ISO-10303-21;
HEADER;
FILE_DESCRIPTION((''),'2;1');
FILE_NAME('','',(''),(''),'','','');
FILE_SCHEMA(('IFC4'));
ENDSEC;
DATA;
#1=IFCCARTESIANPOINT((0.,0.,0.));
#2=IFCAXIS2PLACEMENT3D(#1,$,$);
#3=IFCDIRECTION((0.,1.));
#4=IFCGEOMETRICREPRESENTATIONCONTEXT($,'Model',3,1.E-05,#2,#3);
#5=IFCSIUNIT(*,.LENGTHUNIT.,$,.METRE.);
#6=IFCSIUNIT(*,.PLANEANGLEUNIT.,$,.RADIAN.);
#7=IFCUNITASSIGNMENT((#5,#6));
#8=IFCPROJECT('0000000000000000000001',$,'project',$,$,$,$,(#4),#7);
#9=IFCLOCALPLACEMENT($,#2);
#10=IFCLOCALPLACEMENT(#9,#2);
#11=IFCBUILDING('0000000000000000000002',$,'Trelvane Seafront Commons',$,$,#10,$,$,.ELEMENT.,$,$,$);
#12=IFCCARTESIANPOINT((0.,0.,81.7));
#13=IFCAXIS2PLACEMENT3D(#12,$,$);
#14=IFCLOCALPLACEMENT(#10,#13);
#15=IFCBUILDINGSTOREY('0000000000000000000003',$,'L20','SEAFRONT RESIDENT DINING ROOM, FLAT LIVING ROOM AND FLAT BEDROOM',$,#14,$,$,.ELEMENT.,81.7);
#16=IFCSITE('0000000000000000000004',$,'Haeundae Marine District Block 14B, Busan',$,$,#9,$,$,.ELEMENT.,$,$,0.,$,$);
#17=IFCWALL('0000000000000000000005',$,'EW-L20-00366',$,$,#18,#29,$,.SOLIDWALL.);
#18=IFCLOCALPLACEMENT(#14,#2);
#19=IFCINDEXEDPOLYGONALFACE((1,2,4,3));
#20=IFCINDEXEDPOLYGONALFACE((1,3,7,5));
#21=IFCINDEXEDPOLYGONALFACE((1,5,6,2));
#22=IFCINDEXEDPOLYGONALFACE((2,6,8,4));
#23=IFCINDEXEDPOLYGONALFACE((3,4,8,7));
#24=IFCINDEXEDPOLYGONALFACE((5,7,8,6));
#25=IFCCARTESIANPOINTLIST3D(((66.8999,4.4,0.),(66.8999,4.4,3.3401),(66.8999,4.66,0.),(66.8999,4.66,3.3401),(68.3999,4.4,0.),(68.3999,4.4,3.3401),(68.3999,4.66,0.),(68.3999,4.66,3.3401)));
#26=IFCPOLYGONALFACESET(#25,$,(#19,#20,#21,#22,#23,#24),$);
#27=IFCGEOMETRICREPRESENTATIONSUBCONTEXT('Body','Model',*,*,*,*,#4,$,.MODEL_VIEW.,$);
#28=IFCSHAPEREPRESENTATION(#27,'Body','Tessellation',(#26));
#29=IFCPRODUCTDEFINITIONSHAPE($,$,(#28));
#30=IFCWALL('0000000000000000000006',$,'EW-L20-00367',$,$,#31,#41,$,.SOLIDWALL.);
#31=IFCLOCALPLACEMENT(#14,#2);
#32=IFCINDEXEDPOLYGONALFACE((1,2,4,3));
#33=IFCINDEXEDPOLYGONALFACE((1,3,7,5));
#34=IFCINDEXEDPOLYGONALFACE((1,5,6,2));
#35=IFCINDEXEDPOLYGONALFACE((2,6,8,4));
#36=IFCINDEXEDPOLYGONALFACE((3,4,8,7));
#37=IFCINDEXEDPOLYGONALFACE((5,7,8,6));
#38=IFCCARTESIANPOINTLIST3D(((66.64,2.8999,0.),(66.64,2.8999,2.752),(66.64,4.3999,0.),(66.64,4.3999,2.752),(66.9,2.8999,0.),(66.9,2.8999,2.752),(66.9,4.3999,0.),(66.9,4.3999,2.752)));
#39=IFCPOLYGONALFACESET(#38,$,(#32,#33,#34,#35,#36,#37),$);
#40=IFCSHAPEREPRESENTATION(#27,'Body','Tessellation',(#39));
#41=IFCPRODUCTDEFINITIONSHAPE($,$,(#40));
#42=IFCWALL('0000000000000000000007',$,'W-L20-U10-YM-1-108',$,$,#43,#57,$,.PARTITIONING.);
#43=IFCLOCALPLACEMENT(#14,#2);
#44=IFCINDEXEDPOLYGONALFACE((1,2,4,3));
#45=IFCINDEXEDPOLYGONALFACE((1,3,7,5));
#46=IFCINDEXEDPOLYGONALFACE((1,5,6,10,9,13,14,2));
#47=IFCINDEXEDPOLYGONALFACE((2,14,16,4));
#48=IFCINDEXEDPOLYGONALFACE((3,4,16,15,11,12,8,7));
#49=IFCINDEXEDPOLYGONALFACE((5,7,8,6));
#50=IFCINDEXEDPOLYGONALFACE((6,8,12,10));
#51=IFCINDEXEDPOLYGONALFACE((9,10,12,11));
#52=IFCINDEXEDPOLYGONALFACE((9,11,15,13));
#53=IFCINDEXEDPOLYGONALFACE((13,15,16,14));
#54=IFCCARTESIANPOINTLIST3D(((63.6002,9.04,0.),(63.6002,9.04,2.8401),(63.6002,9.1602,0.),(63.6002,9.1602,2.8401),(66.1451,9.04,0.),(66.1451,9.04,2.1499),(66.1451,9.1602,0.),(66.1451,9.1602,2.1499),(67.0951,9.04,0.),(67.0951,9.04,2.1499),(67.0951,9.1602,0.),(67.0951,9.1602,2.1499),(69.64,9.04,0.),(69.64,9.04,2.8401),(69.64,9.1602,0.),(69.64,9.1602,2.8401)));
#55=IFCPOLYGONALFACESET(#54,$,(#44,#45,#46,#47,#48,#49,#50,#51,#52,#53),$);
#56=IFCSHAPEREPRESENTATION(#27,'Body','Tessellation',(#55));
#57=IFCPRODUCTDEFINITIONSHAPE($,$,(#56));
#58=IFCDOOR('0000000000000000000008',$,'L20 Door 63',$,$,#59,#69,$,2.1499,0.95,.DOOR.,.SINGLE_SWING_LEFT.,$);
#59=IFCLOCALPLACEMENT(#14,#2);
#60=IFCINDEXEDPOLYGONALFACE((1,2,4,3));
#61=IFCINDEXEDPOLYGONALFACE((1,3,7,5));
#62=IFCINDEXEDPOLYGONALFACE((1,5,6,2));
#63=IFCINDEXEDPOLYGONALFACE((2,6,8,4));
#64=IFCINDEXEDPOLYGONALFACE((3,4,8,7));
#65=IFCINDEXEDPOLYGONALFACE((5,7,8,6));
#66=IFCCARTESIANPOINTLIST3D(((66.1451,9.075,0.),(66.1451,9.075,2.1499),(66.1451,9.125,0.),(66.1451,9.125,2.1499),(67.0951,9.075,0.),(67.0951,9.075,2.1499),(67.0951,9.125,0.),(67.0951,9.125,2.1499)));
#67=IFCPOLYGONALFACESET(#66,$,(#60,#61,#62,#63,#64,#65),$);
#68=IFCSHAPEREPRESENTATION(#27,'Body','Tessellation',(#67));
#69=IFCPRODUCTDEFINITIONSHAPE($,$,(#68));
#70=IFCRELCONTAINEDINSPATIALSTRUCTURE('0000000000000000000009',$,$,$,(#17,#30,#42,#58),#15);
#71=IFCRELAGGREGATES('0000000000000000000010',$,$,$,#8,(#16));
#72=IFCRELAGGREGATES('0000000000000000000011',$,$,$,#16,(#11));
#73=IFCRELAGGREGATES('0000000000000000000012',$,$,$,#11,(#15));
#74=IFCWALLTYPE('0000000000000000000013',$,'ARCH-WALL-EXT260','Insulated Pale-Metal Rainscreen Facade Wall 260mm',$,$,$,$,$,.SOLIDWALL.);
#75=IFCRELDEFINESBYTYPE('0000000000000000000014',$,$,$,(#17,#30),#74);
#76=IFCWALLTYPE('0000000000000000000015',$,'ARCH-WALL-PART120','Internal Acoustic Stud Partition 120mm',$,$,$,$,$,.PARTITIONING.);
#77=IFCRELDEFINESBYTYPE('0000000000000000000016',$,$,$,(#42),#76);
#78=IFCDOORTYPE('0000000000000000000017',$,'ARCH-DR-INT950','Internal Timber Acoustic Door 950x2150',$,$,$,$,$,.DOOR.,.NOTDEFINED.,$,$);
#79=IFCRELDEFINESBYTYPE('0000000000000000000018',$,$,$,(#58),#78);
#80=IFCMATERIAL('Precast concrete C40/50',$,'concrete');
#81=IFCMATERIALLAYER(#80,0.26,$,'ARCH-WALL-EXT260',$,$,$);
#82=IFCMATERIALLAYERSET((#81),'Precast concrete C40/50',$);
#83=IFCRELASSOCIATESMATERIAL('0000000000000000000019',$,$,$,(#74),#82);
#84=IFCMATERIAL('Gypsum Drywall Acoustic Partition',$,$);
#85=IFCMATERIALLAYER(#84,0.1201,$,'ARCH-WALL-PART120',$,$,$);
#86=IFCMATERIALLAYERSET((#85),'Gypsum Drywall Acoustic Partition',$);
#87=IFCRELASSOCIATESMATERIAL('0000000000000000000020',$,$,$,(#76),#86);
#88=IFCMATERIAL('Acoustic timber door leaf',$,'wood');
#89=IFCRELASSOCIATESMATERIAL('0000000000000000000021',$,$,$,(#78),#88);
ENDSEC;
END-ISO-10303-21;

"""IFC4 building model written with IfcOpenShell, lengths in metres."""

from ifc_helpers import new_model, si_unit, direction, frame, frame_2d, origin, place, context, subcontext, project, spatial, rectangle, extrude, source, transform, mapped, material, layer, layer_set, type_object, element, fill, save


model = new_model("IFC4")

# Units and contexts
model_context = context("Model", 3, precision=1e-05, world=origin(), true_north=direction((0.0, 1.0)))
body_context = subcontext(model_context, "Body", "Model", "MODEL_VIEW")
ifc_project = project(units=[si_unit("LENGTHUNIT", "METRE"), si_unit("PLANEANGLEUNIT", "RADIAN")], contexts=[model_context])

# Site, building, storey
site_placement = place(None, origin())
site = spatial("IfcSite", under=ifc_project, at=site_placement, Name="Haeundae Marine District Block 14B, Busan", CompositionType="ELEMENT", RefElevation=0.0)
building_placement = place(site_placement, origin())
building = spatial("IfcBuilding", under=site, at=building_placement, Name="Trelvane Seafront Commons", CompositionType="ELEMENT")
storey_placement = place(building_placement, frame((0.0, 0.0, 81.7)))
storey = spatial("IfcBuildingStorey", under=building, at=storey_placement, Name="L20", Description="SEAFRONT RESIDENT DINING ROOM, FLAT LIVING ROOM AND FLAT BEDROOM", CompositionType="ELEMENT", Elevation=81.7)

# Walls
ifc_material_1 = material(Name="Precast concrete C40/50", Category="concrete")
ifc_layer_1 = layer(ifc_material_1, 0.26, Name="ARCH-WALL-EXT260")
ifc_layer_set_1 = layer_set([ifc_layer_1], Name="Precast concrete C40/50")
wall_type_1 = type_object("IfcWallType", Name="ARCH-WALL-EXT260", Description="Insulated Pale-Metal Rainscreen Facade Wall 260mm", PredefinedType="SOLIDWALL", material=ifc_layer_set_1)
for number, where, z_axis, x_axis, name in (
    (1, (68.3999, 4.53, 0.0), (0.0, 0.0, 1.0), (-1.0, 0.0, 0.0), "EW-L20-00366"),
):
    element("IfcWall", number, at=place(storey_placement, frame(where, z_axis=z_axis, x_axis=x_axis)), inside=storey, type_object=wall_type_1, Name=name, PredefinedType="SOLIDWALL", context=body_context, shape_type="SweptSolid", body=[
        extrude(rectangle(XDim=1.5, YDim=0.26, at=frame_2d((0.75, 0.0))), origin(), (0.0, 0.0, 1.0), 3.3401),
    ])
wall_1_placement = place(storey_placement, frame((66.77, 4.3999, 0.0), z_axis=(0.0, 0.0, 1.0), x_axis=(0.0, -1.0, 0.0)))
element("IfcWall", 2, at=wall_1_placement, inside=storey, type_object=wall_type_1, Name="EW-L20-00367", PredefinedType="SOLIDWALL", context=body_context, shape_type="SweptSolid", body=[
    extrude(rectangle(XDim=1.5, YDim=0.26, at=frame_2d((0.75, 0.0))), origin(), (0.0, 0.0, 1.0), 2.752),
])

# Wall, opening, door
ifc_material_2 = material(Name="Gypsum Drywall Acoustic Partition")
ifc_layer_2 = layer(ifc_material_2, 0.1201, Name="ARCH-WALL-PART120")
ifc_layer_set_2 = layer_set([ifc_layer_2], Name="Gypsum Drywall Acoustic Partition")
wall_type_2 = type_object("IfcWallType", Name="ARCH-WALL-PART120", Description="Internal Acoustic Stud Partition 120mm", PredefinedType="PARTITIONING", material=ifc_layer_set_2)
ifc_material_3 = material(Name="Acoustic timber door leaf", Category="wood")
door_type = type_object("IfcDoorType", Name="ARCH-DR-INT950", Description="Internal Timber Acoustic Door 950x2150", OperationType="NOTDEFINED", PredefinedType="DOOR", material=ifc_material_3)
shared_shape_1 = source(origin(), body_context, "Body", "SweptSolid", [
    extrude(rectangle(XDim=0.95, YDim=2.1499, at=frame_2d((0.4751, 1.075))), frame((0.0, 0.0249, 0.0), z_axis=(0.0, -1.0, 0.0), x_axis=(1.0, 0.0, 0.0)), (0.0, 0.0, 1.0), 0.05),
])
wall_2_placement = place(storey_placement, frame((63.6001, 9.1001, 0.0), z_axis=(0.0, 0.0, 1.0), x_axis=(1.0, 0.0, 0.0)))
wall_2 = element("IfcWall", 3, at=wall_2_placement, inside=storey, type_object=wall_type_2, Name="W-L20-U10-YM-1-108", PredefinedType="PARTITIONING", context=body_context, shape_type="SweptSolid", body=[
    extrude(rectangle(XDim=6.0398, YDim=0.1201, at=frame_2d((3.02, 0.0))), origin(), (0.0, 0.0, 1.0), 2.8401),
])
opening_1_placement = place(wall_2_placement, frame((2.5449, 0.0, 0.0)))
opening_1 = element("IfcOpeningElement", 4, at=opening_1_placement, cuts=wall_2, PredefinedType="OPENING", context=body_context, shape_type="SweptSolid", body=[
    extrude(rectangle(XDim=0.95, YDim=2.1499, at=frame_2d((0.4751, 1.075))), frame((0.0, 0.0701, 0.0), z_axis=(0.0, -1.0, 0.0), x_axis=(1.0, 0.0, 0.0)), (0.0, 0.0, 1.0), 0.1401),
])
door_1_placement = place(opening_1_placement, origin())
door_1 = element("IfcDoor", 5, at=door_1_placement, inside=storey, type_object=door_type, Name="L20 Door 63", OperationType="SINGLE_SWING_LEFT", OverallHeight=2.1499, OverallWidth=0.95, PredefinedType="DOOR", context=body_context, shape_type="MappedRepresentation", body=[
    mapped(shared_shape_1, transform((0.0, 0.0, 0.0), x_axis=(1.0, 0.0, 0.0), y_axis=(0.0, 1.0, 0.0), z_axis=(0.0, 0.0, 1.0), scale=1.0)),
])
fill(opening_1, door_1)

save(model, "model.ifc")
